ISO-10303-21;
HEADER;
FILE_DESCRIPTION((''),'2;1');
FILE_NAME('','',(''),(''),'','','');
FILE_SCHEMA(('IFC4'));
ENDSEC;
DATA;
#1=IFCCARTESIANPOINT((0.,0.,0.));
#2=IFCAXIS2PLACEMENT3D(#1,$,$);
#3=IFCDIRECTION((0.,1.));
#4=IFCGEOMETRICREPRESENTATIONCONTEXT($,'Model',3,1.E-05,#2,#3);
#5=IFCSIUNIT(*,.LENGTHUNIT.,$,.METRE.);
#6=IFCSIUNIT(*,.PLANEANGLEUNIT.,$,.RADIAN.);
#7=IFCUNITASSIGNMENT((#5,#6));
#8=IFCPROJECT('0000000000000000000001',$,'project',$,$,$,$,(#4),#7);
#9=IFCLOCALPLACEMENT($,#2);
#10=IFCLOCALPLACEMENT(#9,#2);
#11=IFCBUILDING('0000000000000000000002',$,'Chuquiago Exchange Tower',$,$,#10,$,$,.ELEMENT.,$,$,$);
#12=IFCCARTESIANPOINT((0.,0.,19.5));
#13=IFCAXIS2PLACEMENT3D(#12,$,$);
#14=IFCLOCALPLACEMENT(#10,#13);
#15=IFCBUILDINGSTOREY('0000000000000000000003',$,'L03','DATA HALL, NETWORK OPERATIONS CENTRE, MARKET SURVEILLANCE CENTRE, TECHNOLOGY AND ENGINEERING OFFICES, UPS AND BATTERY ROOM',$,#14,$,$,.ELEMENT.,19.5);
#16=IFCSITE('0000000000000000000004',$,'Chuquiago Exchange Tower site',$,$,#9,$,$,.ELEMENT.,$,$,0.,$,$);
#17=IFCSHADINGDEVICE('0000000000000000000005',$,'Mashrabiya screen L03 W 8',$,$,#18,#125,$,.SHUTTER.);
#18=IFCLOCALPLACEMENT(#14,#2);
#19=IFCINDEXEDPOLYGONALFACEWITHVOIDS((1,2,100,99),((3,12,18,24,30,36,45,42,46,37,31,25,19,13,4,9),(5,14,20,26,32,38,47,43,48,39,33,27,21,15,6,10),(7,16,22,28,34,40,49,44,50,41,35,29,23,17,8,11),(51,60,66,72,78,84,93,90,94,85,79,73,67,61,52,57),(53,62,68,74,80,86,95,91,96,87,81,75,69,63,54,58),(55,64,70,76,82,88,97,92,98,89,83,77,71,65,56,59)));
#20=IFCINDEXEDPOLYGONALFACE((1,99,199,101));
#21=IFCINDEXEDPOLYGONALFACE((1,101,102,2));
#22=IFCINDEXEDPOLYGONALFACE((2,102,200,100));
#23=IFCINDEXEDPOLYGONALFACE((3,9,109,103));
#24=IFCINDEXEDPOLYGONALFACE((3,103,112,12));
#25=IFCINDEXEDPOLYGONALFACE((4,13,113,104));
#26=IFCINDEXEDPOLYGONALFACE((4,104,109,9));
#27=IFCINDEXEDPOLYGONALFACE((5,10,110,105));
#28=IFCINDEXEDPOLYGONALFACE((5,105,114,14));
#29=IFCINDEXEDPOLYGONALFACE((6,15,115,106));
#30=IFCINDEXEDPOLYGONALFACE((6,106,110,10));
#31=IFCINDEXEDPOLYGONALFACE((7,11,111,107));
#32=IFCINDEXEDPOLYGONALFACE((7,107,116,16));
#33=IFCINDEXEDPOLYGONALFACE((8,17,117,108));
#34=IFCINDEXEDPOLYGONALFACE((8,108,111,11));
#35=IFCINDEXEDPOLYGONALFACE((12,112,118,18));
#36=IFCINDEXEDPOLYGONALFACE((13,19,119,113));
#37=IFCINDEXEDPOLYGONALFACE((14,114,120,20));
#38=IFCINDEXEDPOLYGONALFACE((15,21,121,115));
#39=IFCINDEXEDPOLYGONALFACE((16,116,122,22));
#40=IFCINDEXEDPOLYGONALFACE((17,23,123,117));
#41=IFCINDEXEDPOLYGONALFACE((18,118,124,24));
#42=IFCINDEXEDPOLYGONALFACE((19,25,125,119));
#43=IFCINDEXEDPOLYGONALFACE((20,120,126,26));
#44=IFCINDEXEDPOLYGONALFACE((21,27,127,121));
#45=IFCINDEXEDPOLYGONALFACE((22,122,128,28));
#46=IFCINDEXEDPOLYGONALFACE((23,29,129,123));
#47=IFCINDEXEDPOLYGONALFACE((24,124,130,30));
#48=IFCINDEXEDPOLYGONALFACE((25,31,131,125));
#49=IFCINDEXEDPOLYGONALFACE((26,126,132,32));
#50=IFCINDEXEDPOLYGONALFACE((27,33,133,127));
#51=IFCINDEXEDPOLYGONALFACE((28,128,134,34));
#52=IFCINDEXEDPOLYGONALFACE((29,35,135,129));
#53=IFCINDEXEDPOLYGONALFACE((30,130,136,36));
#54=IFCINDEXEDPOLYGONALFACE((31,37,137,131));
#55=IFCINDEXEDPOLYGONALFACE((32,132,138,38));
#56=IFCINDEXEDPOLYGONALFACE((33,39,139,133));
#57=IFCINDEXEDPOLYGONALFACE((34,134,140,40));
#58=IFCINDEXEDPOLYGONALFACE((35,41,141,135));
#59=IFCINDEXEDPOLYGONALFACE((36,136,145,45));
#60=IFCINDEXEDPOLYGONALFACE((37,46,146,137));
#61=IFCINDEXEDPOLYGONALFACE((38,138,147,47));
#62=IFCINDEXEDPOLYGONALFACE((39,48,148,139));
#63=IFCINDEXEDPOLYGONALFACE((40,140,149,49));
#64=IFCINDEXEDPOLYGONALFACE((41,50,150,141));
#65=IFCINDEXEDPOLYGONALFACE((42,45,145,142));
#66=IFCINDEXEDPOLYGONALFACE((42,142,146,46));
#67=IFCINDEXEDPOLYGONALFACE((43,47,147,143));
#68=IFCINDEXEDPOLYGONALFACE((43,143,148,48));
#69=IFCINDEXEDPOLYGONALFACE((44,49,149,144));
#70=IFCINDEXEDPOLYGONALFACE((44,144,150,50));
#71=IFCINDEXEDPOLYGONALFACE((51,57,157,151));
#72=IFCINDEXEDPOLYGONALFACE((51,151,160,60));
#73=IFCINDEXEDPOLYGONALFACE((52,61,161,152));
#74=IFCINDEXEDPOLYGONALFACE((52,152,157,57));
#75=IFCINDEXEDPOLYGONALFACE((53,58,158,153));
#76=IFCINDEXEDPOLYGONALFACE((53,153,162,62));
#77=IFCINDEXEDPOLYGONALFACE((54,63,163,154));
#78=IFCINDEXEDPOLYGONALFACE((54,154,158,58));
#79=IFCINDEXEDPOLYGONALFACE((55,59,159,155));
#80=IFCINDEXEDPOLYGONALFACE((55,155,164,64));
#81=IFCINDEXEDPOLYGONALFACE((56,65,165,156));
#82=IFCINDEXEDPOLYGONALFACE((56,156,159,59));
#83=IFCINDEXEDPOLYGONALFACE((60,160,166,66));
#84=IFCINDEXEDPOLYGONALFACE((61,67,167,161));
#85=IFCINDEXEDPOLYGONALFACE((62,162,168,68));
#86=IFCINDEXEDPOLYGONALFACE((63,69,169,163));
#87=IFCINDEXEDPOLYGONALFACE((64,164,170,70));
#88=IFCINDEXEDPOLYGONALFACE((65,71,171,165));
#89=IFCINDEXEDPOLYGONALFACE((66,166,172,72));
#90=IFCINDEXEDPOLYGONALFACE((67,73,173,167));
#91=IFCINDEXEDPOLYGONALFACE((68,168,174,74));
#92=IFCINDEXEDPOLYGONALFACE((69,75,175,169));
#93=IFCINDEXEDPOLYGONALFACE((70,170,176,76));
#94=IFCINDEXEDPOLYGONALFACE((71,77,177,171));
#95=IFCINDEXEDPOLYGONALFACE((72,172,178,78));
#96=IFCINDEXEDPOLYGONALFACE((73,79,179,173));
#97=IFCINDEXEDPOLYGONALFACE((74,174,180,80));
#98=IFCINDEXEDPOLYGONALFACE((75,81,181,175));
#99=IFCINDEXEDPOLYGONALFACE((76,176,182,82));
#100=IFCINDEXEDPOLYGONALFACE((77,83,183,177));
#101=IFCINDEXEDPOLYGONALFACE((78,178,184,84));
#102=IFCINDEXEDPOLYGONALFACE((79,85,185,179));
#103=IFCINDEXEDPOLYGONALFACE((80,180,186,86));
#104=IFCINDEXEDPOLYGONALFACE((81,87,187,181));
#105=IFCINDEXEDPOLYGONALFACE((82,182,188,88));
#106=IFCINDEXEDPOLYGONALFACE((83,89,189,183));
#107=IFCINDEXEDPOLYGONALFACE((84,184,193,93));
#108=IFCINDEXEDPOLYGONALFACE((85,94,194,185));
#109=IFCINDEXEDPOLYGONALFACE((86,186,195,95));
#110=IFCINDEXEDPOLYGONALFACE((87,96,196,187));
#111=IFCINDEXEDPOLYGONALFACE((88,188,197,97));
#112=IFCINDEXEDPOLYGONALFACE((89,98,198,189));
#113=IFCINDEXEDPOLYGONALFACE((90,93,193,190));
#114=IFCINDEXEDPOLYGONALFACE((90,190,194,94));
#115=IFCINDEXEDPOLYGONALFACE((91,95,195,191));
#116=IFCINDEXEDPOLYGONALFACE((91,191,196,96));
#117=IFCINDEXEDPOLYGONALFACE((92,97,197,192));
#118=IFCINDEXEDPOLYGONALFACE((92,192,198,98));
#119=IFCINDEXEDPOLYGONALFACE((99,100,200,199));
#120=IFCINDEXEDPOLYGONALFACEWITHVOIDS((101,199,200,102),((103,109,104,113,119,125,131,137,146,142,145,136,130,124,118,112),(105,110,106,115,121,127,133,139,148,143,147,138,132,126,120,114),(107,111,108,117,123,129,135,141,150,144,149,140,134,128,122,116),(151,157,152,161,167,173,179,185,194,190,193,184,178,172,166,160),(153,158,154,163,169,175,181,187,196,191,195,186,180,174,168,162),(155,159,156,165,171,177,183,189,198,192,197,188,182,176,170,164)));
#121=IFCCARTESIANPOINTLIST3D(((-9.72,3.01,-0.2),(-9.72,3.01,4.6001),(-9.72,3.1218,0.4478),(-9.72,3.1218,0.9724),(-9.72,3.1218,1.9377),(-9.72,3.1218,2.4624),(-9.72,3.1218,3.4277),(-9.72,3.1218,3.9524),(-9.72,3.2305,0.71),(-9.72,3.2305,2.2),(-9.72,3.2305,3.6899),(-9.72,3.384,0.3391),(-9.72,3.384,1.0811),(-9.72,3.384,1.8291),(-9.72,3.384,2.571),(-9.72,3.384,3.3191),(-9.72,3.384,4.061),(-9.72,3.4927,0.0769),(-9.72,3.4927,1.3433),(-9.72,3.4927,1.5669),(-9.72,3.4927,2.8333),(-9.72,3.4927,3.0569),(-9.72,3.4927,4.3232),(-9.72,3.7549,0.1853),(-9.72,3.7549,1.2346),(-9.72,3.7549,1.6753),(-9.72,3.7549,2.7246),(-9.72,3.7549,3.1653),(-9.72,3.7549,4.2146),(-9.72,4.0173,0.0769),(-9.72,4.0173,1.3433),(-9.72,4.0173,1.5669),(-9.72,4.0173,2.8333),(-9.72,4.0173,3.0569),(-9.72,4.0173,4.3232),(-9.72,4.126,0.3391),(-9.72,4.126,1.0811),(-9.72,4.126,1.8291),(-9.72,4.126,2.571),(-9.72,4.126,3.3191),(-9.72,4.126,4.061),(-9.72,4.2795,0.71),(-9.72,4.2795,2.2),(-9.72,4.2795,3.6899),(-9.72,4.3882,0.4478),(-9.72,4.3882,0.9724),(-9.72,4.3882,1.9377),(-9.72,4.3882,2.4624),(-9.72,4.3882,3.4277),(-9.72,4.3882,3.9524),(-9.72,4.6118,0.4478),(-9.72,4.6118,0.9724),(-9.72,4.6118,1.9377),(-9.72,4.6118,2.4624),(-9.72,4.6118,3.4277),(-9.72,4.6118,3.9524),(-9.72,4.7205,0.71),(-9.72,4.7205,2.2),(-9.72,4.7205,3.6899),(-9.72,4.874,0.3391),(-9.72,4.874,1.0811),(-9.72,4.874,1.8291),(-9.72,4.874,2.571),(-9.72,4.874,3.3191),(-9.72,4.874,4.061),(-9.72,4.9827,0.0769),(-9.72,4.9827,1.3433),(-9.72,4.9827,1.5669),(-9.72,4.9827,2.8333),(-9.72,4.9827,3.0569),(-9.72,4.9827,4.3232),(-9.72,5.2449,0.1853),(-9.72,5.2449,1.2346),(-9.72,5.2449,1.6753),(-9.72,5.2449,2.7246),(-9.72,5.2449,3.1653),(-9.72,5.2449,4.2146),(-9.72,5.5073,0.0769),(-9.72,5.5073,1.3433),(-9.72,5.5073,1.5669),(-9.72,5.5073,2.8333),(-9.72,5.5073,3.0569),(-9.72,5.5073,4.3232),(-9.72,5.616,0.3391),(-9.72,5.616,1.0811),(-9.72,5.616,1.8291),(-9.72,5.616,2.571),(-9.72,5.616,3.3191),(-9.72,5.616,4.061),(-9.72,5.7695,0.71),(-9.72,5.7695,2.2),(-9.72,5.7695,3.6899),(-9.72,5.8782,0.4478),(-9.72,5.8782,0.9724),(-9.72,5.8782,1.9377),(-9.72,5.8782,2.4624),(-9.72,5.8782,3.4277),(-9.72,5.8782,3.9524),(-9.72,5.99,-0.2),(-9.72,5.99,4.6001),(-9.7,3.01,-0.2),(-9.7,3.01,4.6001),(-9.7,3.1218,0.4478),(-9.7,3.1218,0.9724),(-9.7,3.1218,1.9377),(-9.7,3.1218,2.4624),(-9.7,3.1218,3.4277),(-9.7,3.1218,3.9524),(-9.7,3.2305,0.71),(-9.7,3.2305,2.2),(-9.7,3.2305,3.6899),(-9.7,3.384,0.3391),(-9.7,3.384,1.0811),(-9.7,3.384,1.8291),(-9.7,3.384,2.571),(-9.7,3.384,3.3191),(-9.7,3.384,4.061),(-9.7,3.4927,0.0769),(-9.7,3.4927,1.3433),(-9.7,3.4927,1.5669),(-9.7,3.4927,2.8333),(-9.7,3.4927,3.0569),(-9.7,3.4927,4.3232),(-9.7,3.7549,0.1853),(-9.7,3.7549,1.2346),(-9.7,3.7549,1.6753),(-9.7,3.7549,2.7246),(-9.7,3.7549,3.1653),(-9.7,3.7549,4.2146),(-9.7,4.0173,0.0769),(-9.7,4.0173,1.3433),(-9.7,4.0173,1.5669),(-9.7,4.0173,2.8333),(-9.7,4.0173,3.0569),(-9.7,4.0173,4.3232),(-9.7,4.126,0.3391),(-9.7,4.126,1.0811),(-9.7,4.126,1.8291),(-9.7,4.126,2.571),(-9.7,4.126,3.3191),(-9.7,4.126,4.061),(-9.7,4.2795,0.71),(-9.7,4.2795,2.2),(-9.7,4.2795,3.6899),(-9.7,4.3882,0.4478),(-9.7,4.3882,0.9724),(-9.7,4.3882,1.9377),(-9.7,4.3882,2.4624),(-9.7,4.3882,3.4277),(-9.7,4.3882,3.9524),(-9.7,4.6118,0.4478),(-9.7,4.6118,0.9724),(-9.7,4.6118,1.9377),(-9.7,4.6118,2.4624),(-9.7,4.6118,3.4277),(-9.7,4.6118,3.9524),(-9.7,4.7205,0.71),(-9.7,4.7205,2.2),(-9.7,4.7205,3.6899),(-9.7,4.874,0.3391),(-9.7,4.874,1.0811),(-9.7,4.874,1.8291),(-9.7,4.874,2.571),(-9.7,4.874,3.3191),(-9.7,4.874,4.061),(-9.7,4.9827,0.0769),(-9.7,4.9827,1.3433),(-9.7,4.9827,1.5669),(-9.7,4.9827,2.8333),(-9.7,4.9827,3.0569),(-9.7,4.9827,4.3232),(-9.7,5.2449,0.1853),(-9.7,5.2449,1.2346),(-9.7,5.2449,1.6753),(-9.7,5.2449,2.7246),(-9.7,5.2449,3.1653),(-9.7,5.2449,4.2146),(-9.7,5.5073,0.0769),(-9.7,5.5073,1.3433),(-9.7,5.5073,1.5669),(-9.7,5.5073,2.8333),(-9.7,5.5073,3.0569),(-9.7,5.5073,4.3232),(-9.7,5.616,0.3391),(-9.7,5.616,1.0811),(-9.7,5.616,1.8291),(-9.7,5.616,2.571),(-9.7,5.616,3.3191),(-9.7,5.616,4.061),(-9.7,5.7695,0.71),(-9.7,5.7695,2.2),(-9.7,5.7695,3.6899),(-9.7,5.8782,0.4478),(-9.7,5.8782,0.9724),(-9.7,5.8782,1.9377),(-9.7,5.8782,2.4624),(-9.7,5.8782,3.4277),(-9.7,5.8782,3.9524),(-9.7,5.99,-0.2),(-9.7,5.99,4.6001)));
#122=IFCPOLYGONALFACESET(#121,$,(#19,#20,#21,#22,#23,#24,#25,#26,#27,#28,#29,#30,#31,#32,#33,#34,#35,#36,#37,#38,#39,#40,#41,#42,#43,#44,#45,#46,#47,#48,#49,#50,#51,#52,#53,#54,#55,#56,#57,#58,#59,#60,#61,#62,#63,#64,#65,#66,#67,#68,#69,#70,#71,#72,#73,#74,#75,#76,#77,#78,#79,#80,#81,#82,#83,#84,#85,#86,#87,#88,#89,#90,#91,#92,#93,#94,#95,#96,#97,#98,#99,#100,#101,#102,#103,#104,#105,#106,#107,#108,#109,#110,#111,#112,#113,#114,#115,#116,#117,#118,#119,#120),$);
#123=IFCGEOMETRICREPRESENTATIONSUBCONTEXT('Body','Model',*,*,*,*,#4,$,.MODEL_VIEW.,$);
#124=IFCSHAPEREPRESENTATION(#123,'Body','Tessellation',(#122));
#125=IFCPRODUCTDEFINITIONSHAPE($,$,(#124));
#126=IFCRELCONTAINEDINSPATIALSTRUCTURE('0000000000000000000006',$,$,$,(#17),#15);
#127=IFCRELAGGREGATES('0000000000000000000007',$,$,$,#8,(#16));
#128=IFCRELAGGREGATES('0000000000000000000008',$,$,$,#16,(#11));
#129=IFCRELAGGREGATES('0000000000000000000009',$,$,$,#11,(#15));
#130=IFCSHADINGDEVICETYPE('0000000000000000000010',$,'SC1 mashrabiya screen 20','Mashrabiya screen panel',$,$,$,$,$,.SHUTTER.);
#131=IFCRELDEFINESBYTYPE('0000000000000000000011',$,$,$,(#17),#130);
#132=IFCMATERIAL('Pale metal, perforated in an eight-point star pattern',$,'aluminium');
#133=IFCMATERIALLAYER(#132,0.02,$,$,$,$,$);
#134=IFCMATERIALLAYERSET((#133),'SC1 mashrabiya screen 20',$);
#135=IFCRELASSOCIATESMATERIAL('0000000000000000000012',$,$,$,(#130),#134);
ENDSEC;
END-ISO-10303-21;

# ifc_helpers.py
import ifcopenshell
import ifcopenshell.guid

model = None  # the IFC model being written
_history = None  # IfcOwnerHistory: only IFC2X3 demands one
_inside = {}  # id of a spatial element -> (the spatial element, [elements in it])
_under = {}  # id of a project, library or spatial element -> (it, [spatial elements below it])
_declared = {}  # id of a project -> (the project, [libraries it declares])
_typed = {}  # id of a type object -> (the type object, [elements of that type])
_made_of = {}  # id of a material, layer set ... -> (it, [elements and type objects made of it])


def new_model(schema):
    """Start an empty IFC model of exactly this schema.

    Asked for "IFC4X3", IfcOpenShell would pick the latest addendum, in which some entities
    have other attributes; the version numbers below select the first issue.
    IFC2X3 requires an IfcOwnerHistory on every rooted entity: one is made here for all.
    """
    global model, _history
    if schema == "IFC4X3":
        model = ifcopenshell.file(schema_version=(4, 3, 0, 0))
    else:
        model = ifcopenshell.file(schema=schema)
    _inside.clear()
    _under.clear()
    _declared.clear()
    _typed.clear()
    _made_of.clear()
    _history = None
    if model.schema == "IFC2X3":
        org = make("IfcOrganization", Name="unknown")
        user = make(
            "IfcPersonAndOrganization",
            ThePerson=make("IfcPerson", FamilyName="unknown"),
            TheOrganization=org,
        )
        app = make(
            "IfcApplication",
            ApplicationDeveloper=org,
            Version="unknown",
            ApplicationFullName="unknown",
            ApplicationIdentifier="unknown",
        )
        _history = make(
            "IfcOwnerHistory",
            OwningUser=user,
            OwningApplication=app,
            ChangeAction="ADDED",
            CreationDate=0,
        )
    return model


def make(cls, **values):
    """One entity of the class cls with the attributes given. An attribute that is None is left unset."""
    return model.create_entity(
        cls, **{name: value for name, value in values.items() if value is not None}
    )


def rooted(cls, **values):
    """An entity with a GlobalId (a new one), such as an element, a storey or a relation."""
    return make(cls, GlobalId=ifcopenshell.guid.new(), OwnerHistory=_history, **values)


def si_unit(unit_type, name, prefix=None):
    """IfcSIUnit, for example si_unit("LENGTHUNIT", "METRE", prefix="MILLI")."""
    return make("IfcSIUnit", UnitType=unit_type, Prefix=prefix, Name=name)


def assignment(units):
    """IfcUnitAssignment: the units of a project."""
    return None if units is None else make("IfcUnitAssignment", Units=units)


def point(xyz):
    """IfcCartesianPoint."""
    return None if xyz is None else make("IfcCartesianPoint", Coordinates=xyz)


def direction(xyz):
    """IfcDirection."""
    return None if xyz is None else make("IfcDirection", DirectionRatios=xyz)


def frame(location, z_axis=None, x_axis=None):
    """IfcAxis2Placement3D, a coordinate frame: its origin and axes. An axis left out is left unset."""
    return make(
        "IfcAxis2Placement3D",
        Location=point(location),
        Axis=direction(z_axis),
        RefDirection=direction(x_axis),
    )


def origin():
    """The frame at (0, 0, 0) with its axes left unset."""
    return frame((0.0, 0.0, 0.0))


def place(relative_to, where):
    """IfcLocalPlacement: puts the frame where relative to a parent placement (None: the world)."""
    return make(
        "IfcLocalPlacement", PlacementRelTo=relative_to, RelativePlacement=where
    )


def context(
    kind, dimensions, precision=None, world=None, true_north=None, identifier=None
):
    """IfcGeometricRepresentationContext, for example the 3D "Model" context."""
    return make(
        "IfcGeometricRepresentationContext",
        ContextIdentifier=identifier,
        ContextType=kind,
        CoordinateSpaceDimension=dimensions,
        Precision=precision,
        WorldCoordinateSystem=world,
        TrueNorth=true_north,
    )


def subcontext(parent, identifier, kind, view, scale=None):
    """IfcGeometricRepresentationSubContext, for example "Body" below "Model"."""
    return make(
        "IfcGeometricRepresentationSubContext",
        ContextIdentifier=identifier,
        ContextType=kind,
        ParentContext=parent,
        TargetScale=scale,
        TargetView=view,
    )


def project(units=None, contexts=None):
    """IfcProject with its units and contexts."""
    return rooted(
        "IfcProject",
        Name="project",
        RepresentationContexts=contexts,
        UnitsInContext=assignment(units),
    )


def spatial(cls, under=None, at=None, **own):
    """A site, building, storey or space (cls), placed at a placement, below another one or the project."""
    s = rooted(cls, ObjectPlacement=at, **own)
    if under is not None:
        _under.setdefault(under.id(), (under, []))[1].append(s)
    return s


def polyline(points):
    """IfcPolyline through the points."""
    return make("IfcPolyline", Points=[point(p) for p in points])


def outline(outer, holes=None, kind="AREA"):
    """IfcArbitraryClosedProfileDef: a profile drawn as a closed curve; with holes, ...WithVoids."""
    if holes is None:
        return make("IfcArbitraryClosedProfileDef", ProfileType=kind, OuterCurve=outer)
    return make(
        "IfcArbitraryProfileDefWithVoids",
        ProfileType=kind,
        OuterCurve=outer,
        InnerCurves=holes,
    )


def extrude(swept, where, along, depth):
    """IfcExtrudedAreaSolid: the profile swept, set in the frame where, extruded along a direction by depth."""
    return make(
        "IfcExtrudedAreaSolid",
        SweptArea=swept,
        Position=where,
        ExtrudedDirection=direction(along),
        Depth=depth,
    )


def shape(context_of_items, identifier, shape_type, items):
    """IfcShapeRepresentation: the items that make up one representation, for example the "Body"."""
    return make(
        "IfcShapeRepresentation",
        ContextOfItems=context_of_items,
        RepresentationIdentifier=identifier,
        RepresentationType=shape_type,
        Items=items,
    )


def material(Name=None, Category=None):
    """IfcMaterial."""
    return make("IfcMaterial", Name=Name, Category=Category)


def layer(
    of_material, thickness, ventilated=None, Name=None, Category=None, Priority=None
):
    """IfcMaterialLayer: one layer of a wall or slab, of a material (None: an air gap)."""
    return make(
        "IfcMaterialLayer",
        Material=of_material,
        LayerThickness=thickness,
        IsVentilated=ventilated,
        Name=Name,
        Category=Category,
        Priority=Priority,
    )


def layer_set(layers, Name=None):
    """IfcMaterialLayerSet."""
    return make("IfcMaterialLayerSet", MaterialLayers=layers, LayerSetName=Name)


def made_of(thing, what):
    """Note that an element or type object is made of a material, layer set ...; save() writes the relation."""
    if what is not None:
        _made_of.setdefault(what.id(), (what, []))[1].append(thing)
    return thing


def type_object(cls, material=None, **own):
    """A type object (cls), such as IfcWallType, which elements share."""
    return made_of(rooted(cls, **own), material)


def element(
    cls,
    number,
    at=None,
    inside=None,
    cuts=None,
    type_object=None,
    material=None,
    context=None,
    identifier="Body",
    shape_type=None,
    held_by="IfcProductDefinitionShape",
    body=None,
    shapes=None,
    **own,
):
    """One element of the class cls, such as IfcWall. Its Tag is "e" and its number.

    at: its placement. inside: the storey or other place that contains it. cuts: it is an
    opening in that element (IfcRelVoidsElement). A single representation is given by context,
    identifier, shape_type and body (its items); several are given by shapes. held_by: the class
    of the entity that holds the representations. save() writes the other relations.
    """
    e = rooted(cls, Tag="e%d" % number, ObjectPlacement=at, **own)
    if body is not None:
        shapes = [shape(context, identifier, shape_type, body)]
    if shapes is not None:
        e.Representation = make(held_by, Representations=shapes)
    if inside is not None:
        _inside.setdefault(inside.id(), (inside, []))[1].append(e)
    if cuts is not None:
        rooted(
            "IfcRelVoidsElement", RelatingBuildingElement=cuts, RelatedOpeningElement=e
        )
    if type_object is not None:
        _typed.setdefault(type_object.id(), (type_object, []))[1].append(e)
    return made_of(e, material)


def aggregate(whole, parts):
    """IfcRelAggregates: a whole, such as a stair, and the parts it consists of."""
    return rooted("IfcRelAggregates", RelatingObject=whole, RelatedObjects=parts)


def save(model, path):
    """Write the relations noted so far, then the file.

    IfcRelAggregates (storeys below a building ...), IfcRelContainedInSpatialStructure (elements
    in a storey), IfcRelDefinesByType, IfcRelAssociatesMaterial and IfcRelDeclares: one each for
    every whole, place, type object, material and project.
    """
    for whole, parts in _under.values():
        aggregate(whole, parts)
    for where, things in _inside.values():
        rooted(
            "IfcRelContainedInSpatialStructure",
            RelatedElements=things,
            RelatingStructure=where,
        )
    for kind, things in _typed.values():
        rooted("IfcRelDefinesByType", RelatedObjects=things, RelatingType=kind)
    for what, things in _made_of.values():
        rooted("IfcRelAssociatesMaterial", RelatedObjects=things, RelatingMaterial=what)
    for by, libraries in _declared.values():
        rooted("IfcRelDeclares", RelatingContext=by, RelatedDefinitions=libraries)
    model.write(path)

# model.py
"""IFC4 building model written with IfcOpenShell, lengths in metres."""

from ifc_helpers import new_model, si_unit, direction, frame, origin, place, context, subcontext, project, spatial, polyline, outline, extrude, material, layer, layer_set, type_object, element, save


model = new_model("IFC4")

# Units and contexts
model_context = context("Model", 3, precision=1e-05, world=origin(), true_north=direction((0.0, 1.0)))
body_context = subcontext(model_context, "Body", "Model", "MODEL_VIEW")
ifc_project = project(units=[si_unit("LENGTHUNIT", "METRE"), si_unit("PLANEANGLEUNIT", "RADIAN")], contexts=[model_context])

# Site, building, storey
site_placement = place(None, origin())
site = spatial("IfcSite", under=ifc_project, at=site_placement, Name="Chuquiago Exchange Tower site", CompositionType="ELEMENT", RefElevation=0.0)
building_placement = place(site_placement, origin())
building = spatial("IfcBuilding", under=site, at=building_placement, Name="Chuquiago Exchange Tower", CompositionType="ELEMENT")
storey_placement = place(building_placement, frame((0.0, 0.0, 19.5)))
storey = spatial("IfcBuildingStorey", under=building, at=storey_placement, Name="L03", Description="DATA HALL, NETWORK OPERATIONS CENTRE, MARKET SURVEILLANCE CENTRE, TECHNOLOGY AND ENGINEERING OFFICES, UPS AND BATTERY ROOM", CompositionType="ELEMENT", Elevation=19.5)

# Shading device
ifc_material_1 = material(Name="Pale metal, perforated in an eight-point star pattern", Category="aluminium")
ifc_layer_1 = layer(ifc_material_1, 0.02)
ifc_layer_set_1 = layer_set([ifc_layer_1], Name="SC1 mashrabiya screen 20")
shading_device_type = type_object("IfcShadingDeviceType", Name="SC1 mashrabiya screen 20", Description="Mashrabiya screen panel", PredefinedType="SHUTTER", material=ifc_layer_set_1)
shading_device_1_placement = place(storey_placement, frame((-9.7, 5.99, -0.2), z_axis=(0.0, 0.0, 1.0), x_axis=(0.0, -1.0, 0.0)))
element("IfcShadingDevice", 1, at=shading_device_1_placement, inside=storey, type_object=shading_device_type, Name="Mashrabiya screen L03 W 8", PredefinedType="SHUTTER", context=body_context, shape_type="SweptSolid", body=[
    extrude(outline(polyline([(0.0, 0.0), (2.98, 0.0), (2.98, 4.8), (0.0, 4.8), (0.0, 0.0)]), holes=[polyline([(1.2695, 0.9099), (1.3782, 1.1724), (1.116, 1.281), (1.0073, 1.5432), (0.7451, 1.4346), (0.4827, 1.5432), (0.374, 1.281), (0.1118, 1.1724), (0.2205, 0.9099), (0.1118, 0.6477), (0.374, 0.5391), (0.4827, 0.2769), (0.7451, 0.3853), (1.0073, 0.2769), (1.116, 0.5391), (1.3782, 0.6477), (1.2695, 0.9099)]), polyline([(2.7595, 0.9099), (2.8682, 1.1724), (2.606, 1.281), (2.4973, 1.5432), (2.2351, 1.4346), (1.9727, 1.5432), (1.864, 1.281), (1.6018, 1.1724), (1.7104, 0.9099), (1.6018, 0.6477), (1.864, 0.5391), (1.9727, 0.2769), (2.2351, 0.3853), (2.4973, 0.2769), (2.606, 0.5391), (2.8682, 0.6477), (2.7595, 0.9099)]), polyline([(1.2695, 2.3999), (1.3782, 2.6624), (1.116, 2.771), (1.0073, 3.0332), (0.7451, 2.9246), (0.4827, 3.0332), (0.374, 2.771), (0.1118, 2.6624), (0.2205, 2.3999), (0.1118, 2.1377), (0.374, 2.0291), (0.4827, 1.7668), (0.7451, 1.8752), (1.0073, 1.7668), (1.116, 2.0291), (1.3782, 2.1377), (1.2695, 2.3999)]), polyline([(2.7595, 2.3999), (2.8682, 2.6624), (2.606, 2.771), (2.4973, 3.0332), (2.2351, 2.9246), (1.9727, 3.0332), (1.864, 2.771), (1.6018, 2.6624), (1.7104, 2.3999), (1.6018, 2.1377), (1.864, 2.0291), (1.9727, 1.7668), (2.2351, 1.8752), (2.4973, 1.7668), (2.606, 2.0291), (2.8682, 2.1377), (2.7595, 2.3999)]), polyline([(1.2695, 3.8899), (1.3782, 4.1523), (1.116, 4.261), (1.0073, 4.5232), (0.7451, 4.4146), (0.4827, 4.5232), (0.374, 4.261), (0.1118, 4.1523), (0.2205, 3.8899), (0.1118, 3.6277), (0.374, 3.519), (0.4827, 3.2568), (0.7451, 3.3652), (1.0073, 3.2568), (1.116, 3.519), (1.3782, 3.6277), (1.2695, 3.8899)]), polyline([(2.7595, 3.8899), (2.8682, 4.1523), (2.606, 4.261), (2.4973, 4.5232), (2.2351, 4.4146), (1.9727, 4.5232), (1.864, 4.261), (1.6018, 4.1523), (1.7104, 3.8899), (1.6018, 3.6277), (1.864, 3.519), (1.9727, 3.2568), (2.2351, 3.3652), (2.4973, 3.2568), (2.606, 3.519), (2.8682, 3.6277), (2.7595, 3.8899)])]), frame((0.0, 0.0, 0.0), z_axis=(0.0, -1.0, 0.0), x_axis=(1.0, 0.0, 0.0)), (0.0, 0.0, 1.0), 0.02),
])

save(model, "model.ifc")
